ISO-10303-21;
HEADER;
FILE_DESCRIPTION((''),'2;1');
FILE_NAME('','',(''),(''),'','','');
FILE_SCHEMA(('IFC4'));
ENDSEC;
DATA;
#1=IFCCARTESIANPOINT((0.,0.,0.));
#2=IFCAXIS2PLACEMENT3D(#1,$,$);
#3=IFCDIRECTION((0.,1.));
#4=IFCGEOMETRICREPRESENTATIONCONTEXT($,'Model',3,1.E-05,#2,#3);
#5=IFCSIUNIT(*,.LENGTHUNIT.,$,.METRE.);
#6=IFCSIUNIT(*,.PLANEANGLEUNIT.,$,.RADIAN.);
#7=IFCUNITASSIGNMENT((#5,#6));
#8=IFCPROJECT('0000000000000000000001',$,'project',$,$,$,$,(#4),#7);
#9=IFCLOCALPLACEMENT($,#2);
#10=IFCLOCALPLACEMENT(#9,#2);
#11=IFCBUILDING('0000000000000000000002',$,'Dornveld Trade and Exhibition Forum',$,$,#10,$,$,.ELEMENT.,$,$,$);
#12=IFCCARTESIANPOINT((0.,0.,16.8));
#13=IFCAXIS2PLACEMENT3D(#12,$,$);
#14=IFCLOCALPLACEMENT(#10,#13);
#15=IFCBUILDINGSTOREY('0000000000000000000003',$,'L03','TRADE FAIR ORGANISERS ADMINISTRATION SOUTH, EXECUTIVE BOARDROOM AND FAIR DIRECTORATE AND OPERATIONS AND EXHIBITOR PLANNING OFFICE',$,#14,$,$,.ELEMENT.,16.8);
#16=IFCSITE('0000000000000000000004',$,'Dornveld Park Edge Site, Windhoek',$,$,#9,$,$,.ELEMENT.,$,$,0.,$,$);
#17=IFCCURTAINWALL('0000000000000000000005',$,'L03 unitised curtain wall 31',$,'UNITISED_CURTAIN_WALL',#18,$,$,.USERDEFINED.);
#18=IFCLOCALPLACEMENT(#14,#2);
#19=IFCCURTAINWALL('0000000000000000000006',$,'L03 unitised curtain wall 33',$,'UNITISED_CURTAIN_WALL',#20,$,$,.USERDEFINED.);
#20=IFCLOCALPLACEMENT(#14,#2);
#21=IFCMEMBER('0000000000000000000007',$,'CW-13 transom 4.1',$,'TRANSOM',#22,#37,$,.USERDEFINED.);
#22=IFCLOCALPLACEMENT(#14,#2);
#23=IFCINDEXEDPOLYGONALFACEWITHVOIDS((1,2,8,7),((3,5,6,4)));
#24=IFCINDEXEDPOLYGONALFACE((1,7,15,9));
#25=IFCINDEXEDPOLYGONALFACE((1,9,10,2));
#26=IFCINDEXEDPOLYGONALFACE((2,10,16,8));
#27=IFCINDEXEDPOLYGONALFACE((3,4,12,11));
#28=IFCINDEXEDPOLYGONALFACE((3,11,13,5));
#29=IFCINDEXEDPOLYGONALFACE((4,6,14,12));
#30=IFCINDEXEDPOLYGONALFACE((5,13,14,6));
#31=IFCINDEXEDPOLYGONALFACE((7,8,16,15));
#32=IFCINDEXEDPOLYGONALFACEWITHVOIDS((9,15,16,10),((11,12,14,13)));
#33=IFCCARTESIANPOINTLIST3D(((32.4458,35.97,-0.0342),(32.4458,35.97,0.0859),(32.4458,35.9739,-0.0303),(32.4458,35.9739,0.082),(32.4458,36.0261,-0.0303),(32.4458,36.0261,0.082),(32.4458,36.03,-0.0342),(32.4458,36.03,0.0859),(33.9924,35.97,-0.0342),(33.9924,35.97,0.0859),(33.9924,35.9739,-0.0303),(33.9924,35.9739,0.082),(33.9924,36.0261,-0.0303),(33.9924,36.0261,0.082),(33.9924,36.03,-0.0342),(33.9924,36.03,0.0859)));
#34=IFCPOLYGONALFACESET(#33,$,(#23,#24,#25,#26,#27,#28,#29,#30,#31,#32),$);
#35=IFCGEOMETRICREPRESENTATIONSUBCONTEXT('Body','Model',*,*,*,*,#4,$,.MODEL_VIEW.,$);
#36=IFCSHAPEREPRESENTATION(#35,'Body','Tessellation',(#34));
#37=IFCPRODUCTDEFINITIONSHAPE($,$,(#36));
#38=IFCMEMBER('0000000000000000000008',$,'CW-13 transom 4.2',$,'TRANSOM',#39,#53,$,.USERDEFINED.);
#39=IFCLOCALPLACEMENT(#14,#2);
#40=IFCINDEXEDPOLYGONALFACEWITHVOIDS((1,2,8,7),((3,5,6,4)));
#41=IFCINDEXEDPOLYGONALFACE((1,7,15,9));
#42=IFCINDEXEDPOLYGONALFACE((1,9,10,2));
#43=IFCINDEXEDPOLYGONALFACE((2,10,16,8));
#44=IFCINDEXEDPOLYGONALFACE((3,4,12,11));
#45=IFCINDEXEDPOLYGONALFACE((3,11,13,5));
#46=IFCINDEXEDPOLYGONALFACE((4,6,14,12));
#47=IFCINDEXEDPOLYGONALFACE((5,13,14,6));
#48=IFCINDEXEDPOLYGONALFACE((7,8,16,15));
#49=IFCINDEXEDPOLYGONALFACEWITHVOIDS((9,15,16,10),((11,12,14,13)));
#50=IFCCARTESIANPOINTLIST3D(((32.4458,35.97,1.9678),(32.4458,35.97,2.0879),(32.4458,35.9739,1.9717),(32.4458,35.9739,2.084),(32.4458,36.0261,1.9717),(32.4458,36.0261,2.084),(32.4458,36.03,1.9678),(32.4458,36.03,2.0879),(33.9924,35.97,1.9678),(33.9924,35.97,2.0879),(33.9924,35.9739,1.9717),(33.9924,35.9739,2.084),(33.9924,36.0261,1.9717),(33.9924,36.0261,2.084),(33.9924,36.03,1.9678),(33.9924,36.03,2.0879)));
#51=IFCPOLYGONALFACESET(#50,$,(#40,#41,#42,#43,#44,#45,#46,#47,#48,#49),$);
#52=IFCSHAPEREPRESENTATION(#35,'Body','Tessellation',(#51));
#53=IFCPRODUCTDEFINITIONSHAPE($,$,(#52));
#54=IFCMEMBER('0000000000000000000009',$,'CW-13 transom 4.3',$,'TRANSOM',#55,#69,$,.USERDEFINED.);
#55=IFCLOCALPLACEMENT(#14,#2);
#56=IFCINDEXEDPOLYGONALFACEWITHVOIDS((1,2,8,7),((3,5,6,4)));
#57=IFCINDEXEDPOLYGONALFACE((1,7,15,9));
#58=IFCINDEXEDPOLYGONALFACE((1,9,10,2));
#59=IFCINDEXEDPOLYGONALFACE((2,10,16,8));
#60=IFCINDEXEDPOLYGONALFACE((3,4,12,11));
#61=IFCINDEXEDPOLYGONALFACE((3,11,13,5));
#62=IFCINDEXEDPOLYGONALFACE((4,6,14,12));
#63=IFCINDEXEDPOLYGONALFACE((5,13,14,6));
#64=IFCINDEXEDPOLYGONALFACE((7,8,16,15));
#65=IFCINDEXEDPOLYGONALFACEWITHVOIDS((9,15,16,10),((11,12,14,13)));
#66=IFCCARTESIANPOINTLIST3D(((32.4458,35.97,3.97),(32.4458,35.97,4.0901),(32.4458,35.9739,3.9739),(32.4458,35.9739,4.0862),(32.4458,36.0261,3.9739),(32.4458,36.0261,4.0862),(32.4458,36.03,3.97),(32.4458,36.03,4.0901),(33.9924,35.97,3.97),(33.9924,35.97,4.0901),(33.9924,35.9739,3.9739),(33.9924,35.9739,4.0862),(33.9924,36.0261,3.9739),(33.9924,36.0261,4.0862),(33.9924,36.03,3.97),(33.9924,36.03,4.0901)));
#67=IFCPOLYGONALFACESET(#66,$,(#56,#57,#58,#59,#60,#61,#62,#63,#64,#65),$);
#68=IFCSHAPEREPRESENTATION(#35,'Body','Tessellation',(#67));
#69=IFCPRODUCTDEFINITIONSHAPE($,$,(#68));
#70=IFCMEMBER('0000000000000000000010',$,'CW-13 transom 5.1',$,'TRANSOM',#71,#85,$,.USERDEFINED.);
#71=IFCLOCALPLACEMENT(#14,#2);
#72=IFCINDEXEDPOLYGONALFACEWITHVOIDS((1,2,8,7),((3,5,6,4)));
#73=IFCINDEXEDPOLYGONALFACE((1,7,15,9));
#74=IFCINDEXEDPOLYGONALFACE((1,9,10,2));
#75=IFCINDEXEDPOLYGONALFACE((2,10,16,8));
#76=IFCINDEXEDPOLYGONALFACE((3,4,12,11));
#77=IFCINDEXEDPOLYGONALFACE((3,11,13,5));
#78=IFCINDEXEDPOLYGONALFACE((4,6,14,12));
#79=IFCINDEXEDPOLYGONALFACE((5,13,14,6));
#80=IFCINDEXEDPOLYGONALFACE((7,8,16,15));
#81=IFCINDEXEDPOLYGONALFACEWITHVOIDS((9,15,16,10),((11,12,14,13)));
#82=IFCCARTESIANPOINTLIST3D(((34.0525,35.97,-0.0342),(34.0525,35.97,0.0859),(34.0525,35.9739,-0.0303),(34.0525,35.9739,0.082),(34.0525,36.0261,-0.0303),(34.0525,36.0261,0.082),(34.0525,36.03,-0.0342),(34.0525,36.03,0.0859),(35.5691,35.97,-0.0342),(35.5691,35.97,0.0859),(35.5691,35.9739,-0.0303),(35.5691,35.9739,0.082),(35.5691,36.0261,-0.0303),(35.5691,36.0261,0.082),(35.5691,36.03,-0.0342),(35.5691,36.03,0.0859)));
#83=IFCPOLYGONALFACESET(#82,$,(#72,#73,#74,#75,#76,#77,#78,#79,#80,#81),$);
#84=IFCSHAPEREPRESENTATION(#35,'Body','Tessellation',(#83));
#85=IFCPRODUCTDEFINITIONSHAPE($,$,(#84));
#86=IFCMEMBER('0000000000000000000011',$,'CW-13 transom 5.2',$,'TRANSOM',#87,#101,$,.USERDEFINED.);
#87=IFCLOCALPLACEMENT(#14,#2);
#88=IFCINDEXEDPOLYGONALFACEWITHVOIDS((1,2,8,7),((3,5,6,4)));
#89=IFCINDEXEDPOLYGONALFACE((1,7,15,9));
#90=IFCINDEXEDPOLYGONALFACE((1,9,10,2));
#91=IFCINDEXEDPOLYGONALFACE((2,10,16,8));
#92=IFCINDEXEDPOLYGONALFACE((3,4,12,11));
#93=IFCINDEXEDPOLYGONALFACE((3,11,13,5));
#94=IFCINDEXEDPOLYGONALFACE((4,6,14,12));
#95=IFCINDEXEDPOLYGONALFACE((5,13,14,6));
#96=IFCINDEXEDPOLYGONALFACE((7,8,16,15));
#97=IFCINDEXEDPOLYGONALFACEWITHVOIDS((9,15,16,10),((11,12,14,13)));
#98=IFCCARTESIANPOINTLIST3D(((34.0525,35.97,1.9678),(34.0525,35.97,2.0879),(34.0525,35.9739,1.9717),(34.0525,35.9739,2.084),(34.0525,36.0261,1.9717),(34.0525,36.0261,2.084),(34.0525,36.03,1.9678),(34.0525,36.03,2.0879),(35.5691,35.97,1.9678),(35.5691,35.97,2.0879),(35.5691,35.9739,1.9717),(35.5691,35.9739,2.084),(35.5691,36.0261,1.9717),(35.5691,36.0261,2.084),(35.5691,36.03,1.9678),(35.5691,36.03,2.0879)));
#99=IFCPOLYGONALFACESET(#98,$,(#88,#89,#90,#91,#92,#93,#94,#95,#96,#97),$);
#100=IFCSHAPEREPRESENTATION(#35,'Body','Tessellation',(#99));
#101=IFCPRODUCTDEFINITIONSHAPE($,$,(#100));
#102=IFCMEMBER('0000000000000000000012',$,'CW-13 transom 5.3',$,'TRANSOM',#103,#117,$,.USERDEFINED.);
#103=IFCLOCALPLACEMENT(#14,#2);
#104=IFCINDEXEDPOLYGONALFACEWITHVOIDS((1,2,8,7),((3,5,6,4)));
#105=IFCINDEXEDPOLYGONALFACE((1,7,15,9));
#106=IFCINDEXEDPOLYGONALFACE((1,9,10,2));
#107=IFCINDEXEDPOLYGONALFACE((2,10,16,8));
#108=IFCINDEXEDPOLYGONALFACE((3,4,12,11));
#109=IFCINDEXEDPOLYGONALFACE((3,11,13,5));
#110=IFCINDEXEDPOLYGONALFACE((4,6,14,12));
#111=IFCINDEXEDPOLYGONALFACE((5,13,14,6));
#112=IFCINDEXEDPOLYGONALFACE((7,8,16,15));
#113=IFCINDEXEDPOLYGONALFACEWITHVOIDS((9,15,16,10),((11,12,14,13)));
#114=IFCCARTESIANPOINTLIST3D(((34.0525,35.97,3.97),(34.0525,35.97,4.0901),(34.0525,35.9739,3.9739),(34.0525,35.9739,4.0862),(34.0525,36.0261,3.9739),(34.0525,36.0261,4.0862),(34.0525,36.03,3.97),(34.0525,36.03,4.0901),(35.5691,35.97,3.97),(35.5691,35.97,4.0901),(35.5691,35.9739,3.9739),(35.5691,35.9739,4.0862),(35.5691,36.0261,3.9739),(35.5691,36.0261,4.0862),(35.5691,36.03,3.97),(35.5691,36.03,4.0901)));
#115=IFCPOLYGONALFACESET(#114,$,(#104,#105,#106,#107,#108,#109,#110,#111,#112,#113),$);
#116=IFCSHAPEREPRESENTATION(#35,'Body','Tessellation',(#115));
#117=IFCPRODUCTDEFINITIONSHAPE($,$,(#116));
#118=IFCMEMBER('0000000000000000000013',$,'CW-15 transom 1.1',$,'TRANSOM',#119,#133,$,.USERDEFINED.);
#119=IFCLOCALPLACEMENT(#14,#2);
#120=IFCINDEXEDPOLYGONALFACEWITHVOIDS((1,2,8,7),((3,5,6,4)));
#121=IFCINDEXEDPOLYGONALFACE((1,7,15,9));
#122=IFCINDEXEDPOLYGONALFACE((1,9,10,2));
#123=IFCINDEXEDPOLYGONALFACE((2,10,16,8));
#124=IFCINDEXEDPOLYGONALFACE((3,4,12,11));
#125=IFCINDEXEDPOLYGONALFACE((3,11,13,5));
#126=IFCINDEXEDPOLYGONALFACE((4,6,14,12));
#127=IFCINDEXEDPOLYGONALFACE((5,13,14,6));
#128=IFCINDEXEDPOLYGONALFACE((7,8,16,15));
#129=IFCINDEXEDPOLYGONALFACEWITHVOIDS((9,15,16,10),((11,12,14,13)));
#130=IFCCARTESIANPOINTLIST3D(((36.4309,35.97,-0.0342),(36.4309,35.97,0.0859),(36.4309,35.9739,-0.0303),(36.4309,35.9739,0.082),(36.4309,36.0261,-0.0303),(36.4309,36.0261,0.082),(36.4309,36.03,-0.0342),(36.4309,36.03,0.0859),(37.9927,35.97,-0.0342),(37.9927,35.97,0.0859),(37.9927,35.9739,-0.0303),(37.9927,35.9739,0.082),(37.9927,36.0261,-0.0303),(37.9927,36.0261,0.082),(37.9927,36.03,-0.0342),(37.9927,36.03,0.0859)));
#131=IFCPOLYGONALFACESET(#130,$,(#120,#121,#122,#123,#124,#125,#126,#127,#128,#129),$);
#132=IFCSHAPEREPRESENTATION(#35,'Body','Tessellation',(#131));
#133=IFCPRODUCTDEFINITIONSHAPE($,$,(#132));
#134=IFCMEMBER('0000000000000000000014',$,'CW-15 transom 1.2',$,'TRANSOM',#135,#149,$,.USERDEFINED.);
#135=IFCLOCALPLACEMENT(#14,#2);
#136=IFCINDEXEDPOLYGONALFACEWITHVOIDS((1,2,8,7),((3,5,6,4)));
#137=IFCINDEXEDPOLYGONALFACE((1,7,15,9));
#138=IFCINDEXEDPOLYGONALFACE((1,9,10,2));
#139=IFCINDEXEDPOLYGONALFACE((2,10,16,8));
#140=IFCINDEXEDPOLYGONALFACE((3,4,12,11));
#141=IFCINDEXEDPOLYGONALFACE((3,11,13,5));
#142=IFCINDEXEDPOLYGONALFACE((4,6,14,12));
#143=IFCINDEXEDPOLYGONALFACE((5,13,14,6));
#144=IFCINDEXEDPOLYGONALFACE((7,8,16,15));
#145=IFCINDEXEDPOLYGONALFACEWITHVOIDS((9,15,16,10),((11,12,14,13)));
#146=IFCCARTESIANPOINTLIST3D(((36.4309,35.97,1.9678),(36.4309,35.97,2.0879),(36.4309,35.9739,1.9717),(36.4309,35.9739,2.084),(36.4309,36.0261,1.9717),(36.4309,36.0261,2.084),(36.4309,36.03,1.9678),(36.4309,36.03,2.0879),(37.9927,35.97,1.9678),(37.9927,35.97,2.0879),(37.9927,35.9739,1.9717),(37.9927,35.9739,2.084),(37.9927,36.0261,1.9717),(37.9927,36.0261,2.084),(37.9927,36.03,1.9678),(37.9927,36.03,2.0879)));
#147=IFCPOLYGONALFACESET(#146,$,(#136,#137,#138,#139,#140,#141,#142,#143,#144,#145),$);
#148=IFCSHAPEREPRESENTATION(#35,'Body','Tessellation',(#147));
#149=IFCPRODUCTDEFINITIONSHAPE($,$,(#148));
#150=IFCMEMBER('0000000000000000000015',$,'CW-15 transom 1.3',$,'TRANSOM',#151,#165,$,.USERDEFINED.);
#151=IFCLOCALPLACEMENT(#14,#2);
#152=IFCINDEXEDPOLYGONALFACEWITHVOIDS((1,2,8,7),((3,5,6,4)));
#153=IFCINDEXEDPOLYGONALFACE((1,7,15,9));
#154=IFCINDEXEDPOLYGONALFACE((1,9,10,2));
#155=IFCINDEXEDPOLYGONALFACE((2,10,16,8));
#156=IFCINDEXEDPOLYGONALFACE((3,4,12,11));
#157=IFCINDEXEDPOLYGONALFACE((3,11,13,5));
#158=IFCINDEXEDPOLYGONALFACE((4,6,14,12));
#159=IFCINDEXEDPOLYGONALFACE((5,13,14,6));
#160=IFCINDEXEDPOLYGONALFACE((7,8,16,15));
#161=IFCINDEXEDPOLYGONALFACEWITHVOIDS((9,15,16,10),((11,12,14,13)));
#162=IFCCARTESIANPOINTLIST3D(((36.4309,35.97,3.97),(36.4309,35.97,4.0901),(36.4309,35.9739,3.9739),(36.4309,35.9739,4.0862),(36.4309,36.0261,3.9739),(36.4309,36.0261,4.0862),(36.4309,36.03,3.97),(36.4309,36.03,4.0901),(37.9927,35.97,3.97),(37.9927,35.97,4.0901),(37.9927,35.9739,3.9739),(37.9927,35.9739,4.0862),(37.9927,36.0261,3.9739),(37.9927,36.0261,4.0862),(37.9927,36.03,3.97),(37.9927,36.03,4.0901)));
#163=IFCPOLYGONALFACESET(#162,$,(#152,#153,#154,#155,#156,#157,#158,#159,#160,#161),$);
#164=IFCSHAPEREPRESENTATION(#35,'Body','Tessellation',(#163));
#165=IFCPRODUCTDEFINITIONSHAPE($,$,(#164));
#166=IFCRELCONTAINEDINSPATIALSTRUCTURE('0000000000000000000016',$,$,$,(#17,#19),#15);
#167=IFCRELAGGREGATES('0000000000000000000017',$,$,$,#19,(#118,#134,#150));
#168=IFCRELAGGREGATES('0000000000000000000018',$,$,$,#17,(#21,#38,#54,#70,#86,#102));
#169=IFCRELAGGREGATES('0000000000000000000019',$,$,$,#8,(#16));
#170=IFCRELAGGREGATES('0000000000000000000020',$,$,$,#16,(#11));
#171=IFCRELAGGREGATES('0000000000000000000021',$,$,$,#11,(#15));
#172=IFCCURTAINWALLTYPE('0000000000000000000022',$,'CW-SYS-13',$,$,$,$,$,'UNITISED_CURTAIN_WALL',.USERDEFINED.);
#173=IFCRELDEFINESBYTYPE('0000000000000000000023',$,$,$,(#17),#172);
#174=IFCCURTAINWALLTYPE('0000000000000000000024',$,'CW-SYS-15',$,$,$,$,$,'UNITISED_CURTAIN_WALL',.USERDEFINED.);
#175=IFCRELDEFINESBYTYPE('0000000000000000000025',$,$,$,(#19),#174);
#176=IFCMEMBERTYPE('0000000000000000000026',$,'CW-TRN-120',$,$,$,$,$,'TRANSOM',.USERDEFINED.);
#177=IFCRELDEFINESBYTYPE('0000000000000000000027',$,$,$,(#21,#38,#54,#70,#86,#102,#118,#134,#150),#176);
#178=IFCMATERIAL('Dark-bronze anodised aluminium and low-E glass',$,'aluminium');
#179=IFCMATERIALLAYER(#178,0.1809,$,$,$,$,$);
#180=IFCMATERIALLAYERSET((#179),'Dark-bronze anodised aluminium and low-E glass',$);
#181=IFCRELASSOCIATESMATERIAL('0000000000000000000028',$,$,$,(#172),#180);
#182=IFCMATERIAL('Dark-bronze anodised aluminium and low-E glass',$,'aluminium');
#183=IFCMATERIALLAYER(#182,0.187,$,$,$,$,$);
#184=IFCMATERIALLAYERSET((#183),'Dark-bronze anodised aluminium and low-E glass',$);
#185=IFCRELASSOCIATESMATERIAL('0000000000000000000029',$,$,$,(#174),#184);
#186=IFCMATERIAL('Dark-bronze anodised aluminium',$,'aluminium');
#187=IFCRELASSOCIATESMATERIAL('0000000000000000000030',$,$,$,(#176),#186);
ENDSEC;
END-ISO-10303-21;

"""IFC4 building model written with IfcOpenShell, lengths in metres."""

from ifc_helpers import new_model, si_unit, direction, frame, origin, origin_2d, place, context, subcontext, project, spatial, hollow_rectangle, extrude, material, layer, layer_set, material_profile, profile_set, type_object, element, aggregate, save


model = new_model("IFC4")

# Units and contexts
model_context = context("Model", 3, precision=1e-05, world=origin(), true_north=direction((0.0, 1.0)))
body_context = subcontext(model_context, "Body", "Model", "MODEL_VIEW")
ifc_project = project(units=[si_unit("LENGTHUNIT", "METRE"), si_unit("PLANEANGLEUNIT", "RADIAN")], contexts=[model_context])

# Site, building, storey
site_placement = place(None, origin())
site = spatial("IfcSite", under=ifc_project, at=site_placement, Name="Dornveld Park Edge Site, Windhoek", CompositionType="ELEMENT", RefElevation=0.0)
building_placement = place(site_placement, origin())
building = spatial("IfcBuilding", under=site, at=building_placement, Name="Dornveld Trade and Exhibition Forum", CompositionType="ELEMENT")
storey_placement = place(building_placement, frame((0.0, 0.0, 16.8)))
storey = spatial("IfcBuildingStorey", under=building, at=storey_placement, Name="L03", Description="TRADE FAIR ORGANISERS ADMINISTRATION SOUTH, EXECUTIVE BOARDROOM AND FAIR DIRECTORATE AND OPERATIONS AND EXHIBITOR PLANNING OFFICE", CompositionType="ELEMENT", Elevation=16.8)

# Curtain walls
ifc_material_1 = material(Name="Dark-bronze anodised aluminium and low-E glass", Category="aluminium")
ifc_layer_1 = layer(ifc_material_1, 0.1809)
ifc_layer_set_1 = layer_set([ifc_layer_1], Name="Dark-bronze anodised aluminium and low-E glass")
curtain_wall_type_1 = type_object("IfcCurtainWallType", Name="CW-SYS-13", ElementType="UNITISED_CURTAIN_WALL", PredefinedType="USERDEFINED", material=ifc_layer_set_1)
curtain_wall_1_placement = place(storey_placement, origin())
curtain_wall_1 = element("IfcCurtainWall", 1, at=curtain_wall_1_placement, inside=storey, type_object=curtain_wall_type_1, Name="L03 unitised curtain wall 31", ObjectType="UNITISED_CURTAIN_WALL", PredefinedType="USERDEFINED")
ifc_material_2 = material(Name="Dark-bronze anodised aluminium and low-E glass", Category="aluminium")
ifc_layer_2 = layer(ifc_material_2, 0.187)
ifc_layer_set_2 = layer_set([ifc_layer_2], Name="Dark-bronze anodised aluminium and low-E glass")
curtain_wall_type_2 = type_object("IfcCurtainWallType", Name="CW-SYS-15", ElementType="UNITISED_CURTAIN_WALL", PredefinedType="USERDEFINED", material=ifc_layer_set_2)
curtain_wall_2_placement = place(storey_placement, origin())
curtain_wall_2 = element("IfcCurtainWall", 2, at=curtain_wall_2_placement, inside=storey, type_object=curtain_wall_type_2, Name="L03 unitised curtain wall 33", ObjectType="UNITISED_CURTAIN_WALL", PredefinedType="USERDEFINED")

# Members
ifc_material_3 = material(Name="Dark-bronze anodised aluminium", Category="aluminium")
ifc_material_profile_1 = material_profile(ifc_material_3, hollow_rectangle(XDim=0.0601, YDim=0.1201, WallThickness=0.0039, at=origin_2d()), Name="RHS 120x60x4")
ifc_profile_set_1 = profile_set([ifc_material_profile_1], Name="Dark-bronze anodised aluminium")
member_type_1 = type_object("IfcMemberType", Name="CW-TRN-120", ElementType="TRANSOM", PredefinedType="USERDEFINED", material=ifc_profile_set_1)
member_1_placement = place(storey_placement, frame((32.4458, 36.0, 0.0259), z_axis=(1.0, 0.0, 0.0), x_axis=(0.0, 1.0, 0.0)))
member_1 = element("IfcMember", 3, at=member_1_placement, type_object=member_type_1, Name="CW-13 transom 4.1", ObjectType="TRANSOM", PredefinedType="USERDEFINED", context=body_context, shape_type="SweptSolid", body=[
    extrude(hollow_rectangle(XDim=0.0601, YDim=0.1201, WallThickness=0.0039, at=origin_2d()), origin(), (0.0, 0.0, 1.0), 1.5466),
])
member_2_placement = place(storey_placement, frame((32.4458, 36.0, 2.0278), z_axis=(1.0, 0.0, 0.0), x_axis=(0.0, 1.0, 0.0)))
member_2 = element("IfcMember", 4, at=member_2_placement, type_object=member_type_1, Name="CW-13 transom 4.2", ObjectType="TRANSOM", PredefinedType="USERDEFINED", context=body_context, shape_type="SweptSolid", body=[
    extrude(hollow_rectangle(XDim=0.0601, YDim=0.1201, WallThickness=0.0039, at=origin_2d()), origin(), (0.0, 0.0, 1.0), 1.5466),
])
member_3_placement = place(storey_placement, frame((32.4458, 36.0, 4.03), z_axis=(1.0, 0.0, 0.0), x_axis=(0.0, 1.0, 0.0)))
member_3 = element("IfcMember", 5, at=member_3_placement, type_object=member_type_1, Name="CW-13 transom 4.3", ObjectType="TRANSOM", PredefinedType="USERDEFINED", context=body_context, shape_type="SweptSolid", body=[
    extrude(hollow_rectangle(XDim=0.0601, YDim=0.1201, WallThickness=0.0039, at=origin_2d()), origin(), (0.0, 0.0, 1.0), 1.5466),
])
member_4_placement = place(storey_placement, frame((34.0525, 36.0, 0.0259), z_axis=(1.0, 0.0, 0.0), x_axis=(0.0, 1.0, 0.0)))
member_4 = element("IfcMember", 6, at=member_4_placement, type_object=member_type_1, Name="CW-13 transom 5.1", ObjectType="TRANSOM", PredefinedType="USERDEFINED", context=body_context, shape_type="SweptSolid", body=[
    extrude(hollow_rectangle(XDim=0.0601, YDim=0.1201, WallThickness=0.0039, at=origin_2d()), origin(), (0.0, 0.0, 1.0), 1.5166),
])
member_5_placement = place(storey_placement, frame((34.0525, 36.0, 2.0278), z_axis=(1.0, 0.0, 0.0), x_axis=(0.0, 1.0, 0.0)))
member_5 = element("IfcMember", 7, at=member_5_placement, type_object=member_type_1, Name="CW-13 transom 5.2", ObjectType="TRANSOM", PredefinedType="USERDEFINED", context=body_context, shape_type="SweptSolid", body=[
    extrude(hollow_rectangle(XDim=0.0601, YDim=0.1201, WallThickness=0.0039, at=origin_2d()), origin(), (0.0, 0.0, 1.0), 1.5166),
])
member_6_placement = place(storey_placement, frame((34.0525, 36.0, 4.03), z_axis=(1.0, 0.0, 0.0), x_axis=(0.0, 1.0, 0.0)))
member_6 = element("IfcMember", 8, at=member_6_placement, type_object=member_type_1, Name="CW-13 transom 5.3", ObjectType="TRANSOM", PredefinedType="USERDEFINED", context=body_context, shape_type="SweptSolid", body=[
    extrude(hollow_rectangle(XDim=0.0601, YDim=0.1201, WallThickness=0.0039, at=origin_2d()), origin(), (0.0, 0.0, 1.0), 1.5166),
])
member_7_placement = place(storey_placement, frame((36.4309, 36.0, 0.0259), z_axis=(1.0, 0.0, 0.0), x_axis=(0.0, 1.0, 0.0)))
member_7 = element("IfcMember", 9, at=member_7_placement, type_object=member_type_1, Name="CW-15 transom 1.1", ObjectType="TRANSOM", PredefinedType="USERDEFINED", context=body_context, shape_type="SweptSolid", body=[
    extrude(hollow_rectangle(XDim=0.0601, YDim=0.1201, WallThickness=0.0039, at=origin_2d()), origin(), (0.0, 0.0, 1.0), 1.5618),
])
member_8_placement = place(storey_placement, frame((36.4309, 36.0, 2.0278), z_axis=(1.0, 0.0, 0.0), x_axis=(0.0, 1.0, 0.0)))
member_8 = element("IfcMember", 10, at=member_8_placement, type_object=member_type_1, Name="CW-15 transom 1.2", ObjectType="TRANSOM", PredefinedType="USERDEFINED", context=body_context, shape_type="SweptSolid", body=[
    extrude(hollow_rectangle(XDim=0.0601, YDim=0.1201, WallThickness=0.0039, at=origin_2d()), origin(), (0.0, 0.0, 1.0), 1.5618),
])
member_9_placement = place(storey_placement, frame((36.4309, 36.0, 4.03), z_axis=(1.0, 0.0, 0.0), x_axis=(0.0, 1.0, 0.0)))
member_9 = element("IfcMember", 11, at=member_9_placement, type_object=member_type_1, Name="CW-15 transom 1.3", ObjectType="TRANSOM", PredefinedType="USERDEFINED", context=body_context, shape_type="SweptSolid", body=[
    extrude(hollow_rectangle(XDim=0.0601, YDim=0.1201, WallThickness=0.0039, at=origin_2d()), origin(), (0.0, 0.0, 1.0), 1.5618),
])

aggregate(curtain_wall_2, [member_7, member_8, member_9])
aggregate(curtain_wall_1, [member_1, member_2, member_3, member_4, member_5, member_6])

save(model, "model.ifc")
